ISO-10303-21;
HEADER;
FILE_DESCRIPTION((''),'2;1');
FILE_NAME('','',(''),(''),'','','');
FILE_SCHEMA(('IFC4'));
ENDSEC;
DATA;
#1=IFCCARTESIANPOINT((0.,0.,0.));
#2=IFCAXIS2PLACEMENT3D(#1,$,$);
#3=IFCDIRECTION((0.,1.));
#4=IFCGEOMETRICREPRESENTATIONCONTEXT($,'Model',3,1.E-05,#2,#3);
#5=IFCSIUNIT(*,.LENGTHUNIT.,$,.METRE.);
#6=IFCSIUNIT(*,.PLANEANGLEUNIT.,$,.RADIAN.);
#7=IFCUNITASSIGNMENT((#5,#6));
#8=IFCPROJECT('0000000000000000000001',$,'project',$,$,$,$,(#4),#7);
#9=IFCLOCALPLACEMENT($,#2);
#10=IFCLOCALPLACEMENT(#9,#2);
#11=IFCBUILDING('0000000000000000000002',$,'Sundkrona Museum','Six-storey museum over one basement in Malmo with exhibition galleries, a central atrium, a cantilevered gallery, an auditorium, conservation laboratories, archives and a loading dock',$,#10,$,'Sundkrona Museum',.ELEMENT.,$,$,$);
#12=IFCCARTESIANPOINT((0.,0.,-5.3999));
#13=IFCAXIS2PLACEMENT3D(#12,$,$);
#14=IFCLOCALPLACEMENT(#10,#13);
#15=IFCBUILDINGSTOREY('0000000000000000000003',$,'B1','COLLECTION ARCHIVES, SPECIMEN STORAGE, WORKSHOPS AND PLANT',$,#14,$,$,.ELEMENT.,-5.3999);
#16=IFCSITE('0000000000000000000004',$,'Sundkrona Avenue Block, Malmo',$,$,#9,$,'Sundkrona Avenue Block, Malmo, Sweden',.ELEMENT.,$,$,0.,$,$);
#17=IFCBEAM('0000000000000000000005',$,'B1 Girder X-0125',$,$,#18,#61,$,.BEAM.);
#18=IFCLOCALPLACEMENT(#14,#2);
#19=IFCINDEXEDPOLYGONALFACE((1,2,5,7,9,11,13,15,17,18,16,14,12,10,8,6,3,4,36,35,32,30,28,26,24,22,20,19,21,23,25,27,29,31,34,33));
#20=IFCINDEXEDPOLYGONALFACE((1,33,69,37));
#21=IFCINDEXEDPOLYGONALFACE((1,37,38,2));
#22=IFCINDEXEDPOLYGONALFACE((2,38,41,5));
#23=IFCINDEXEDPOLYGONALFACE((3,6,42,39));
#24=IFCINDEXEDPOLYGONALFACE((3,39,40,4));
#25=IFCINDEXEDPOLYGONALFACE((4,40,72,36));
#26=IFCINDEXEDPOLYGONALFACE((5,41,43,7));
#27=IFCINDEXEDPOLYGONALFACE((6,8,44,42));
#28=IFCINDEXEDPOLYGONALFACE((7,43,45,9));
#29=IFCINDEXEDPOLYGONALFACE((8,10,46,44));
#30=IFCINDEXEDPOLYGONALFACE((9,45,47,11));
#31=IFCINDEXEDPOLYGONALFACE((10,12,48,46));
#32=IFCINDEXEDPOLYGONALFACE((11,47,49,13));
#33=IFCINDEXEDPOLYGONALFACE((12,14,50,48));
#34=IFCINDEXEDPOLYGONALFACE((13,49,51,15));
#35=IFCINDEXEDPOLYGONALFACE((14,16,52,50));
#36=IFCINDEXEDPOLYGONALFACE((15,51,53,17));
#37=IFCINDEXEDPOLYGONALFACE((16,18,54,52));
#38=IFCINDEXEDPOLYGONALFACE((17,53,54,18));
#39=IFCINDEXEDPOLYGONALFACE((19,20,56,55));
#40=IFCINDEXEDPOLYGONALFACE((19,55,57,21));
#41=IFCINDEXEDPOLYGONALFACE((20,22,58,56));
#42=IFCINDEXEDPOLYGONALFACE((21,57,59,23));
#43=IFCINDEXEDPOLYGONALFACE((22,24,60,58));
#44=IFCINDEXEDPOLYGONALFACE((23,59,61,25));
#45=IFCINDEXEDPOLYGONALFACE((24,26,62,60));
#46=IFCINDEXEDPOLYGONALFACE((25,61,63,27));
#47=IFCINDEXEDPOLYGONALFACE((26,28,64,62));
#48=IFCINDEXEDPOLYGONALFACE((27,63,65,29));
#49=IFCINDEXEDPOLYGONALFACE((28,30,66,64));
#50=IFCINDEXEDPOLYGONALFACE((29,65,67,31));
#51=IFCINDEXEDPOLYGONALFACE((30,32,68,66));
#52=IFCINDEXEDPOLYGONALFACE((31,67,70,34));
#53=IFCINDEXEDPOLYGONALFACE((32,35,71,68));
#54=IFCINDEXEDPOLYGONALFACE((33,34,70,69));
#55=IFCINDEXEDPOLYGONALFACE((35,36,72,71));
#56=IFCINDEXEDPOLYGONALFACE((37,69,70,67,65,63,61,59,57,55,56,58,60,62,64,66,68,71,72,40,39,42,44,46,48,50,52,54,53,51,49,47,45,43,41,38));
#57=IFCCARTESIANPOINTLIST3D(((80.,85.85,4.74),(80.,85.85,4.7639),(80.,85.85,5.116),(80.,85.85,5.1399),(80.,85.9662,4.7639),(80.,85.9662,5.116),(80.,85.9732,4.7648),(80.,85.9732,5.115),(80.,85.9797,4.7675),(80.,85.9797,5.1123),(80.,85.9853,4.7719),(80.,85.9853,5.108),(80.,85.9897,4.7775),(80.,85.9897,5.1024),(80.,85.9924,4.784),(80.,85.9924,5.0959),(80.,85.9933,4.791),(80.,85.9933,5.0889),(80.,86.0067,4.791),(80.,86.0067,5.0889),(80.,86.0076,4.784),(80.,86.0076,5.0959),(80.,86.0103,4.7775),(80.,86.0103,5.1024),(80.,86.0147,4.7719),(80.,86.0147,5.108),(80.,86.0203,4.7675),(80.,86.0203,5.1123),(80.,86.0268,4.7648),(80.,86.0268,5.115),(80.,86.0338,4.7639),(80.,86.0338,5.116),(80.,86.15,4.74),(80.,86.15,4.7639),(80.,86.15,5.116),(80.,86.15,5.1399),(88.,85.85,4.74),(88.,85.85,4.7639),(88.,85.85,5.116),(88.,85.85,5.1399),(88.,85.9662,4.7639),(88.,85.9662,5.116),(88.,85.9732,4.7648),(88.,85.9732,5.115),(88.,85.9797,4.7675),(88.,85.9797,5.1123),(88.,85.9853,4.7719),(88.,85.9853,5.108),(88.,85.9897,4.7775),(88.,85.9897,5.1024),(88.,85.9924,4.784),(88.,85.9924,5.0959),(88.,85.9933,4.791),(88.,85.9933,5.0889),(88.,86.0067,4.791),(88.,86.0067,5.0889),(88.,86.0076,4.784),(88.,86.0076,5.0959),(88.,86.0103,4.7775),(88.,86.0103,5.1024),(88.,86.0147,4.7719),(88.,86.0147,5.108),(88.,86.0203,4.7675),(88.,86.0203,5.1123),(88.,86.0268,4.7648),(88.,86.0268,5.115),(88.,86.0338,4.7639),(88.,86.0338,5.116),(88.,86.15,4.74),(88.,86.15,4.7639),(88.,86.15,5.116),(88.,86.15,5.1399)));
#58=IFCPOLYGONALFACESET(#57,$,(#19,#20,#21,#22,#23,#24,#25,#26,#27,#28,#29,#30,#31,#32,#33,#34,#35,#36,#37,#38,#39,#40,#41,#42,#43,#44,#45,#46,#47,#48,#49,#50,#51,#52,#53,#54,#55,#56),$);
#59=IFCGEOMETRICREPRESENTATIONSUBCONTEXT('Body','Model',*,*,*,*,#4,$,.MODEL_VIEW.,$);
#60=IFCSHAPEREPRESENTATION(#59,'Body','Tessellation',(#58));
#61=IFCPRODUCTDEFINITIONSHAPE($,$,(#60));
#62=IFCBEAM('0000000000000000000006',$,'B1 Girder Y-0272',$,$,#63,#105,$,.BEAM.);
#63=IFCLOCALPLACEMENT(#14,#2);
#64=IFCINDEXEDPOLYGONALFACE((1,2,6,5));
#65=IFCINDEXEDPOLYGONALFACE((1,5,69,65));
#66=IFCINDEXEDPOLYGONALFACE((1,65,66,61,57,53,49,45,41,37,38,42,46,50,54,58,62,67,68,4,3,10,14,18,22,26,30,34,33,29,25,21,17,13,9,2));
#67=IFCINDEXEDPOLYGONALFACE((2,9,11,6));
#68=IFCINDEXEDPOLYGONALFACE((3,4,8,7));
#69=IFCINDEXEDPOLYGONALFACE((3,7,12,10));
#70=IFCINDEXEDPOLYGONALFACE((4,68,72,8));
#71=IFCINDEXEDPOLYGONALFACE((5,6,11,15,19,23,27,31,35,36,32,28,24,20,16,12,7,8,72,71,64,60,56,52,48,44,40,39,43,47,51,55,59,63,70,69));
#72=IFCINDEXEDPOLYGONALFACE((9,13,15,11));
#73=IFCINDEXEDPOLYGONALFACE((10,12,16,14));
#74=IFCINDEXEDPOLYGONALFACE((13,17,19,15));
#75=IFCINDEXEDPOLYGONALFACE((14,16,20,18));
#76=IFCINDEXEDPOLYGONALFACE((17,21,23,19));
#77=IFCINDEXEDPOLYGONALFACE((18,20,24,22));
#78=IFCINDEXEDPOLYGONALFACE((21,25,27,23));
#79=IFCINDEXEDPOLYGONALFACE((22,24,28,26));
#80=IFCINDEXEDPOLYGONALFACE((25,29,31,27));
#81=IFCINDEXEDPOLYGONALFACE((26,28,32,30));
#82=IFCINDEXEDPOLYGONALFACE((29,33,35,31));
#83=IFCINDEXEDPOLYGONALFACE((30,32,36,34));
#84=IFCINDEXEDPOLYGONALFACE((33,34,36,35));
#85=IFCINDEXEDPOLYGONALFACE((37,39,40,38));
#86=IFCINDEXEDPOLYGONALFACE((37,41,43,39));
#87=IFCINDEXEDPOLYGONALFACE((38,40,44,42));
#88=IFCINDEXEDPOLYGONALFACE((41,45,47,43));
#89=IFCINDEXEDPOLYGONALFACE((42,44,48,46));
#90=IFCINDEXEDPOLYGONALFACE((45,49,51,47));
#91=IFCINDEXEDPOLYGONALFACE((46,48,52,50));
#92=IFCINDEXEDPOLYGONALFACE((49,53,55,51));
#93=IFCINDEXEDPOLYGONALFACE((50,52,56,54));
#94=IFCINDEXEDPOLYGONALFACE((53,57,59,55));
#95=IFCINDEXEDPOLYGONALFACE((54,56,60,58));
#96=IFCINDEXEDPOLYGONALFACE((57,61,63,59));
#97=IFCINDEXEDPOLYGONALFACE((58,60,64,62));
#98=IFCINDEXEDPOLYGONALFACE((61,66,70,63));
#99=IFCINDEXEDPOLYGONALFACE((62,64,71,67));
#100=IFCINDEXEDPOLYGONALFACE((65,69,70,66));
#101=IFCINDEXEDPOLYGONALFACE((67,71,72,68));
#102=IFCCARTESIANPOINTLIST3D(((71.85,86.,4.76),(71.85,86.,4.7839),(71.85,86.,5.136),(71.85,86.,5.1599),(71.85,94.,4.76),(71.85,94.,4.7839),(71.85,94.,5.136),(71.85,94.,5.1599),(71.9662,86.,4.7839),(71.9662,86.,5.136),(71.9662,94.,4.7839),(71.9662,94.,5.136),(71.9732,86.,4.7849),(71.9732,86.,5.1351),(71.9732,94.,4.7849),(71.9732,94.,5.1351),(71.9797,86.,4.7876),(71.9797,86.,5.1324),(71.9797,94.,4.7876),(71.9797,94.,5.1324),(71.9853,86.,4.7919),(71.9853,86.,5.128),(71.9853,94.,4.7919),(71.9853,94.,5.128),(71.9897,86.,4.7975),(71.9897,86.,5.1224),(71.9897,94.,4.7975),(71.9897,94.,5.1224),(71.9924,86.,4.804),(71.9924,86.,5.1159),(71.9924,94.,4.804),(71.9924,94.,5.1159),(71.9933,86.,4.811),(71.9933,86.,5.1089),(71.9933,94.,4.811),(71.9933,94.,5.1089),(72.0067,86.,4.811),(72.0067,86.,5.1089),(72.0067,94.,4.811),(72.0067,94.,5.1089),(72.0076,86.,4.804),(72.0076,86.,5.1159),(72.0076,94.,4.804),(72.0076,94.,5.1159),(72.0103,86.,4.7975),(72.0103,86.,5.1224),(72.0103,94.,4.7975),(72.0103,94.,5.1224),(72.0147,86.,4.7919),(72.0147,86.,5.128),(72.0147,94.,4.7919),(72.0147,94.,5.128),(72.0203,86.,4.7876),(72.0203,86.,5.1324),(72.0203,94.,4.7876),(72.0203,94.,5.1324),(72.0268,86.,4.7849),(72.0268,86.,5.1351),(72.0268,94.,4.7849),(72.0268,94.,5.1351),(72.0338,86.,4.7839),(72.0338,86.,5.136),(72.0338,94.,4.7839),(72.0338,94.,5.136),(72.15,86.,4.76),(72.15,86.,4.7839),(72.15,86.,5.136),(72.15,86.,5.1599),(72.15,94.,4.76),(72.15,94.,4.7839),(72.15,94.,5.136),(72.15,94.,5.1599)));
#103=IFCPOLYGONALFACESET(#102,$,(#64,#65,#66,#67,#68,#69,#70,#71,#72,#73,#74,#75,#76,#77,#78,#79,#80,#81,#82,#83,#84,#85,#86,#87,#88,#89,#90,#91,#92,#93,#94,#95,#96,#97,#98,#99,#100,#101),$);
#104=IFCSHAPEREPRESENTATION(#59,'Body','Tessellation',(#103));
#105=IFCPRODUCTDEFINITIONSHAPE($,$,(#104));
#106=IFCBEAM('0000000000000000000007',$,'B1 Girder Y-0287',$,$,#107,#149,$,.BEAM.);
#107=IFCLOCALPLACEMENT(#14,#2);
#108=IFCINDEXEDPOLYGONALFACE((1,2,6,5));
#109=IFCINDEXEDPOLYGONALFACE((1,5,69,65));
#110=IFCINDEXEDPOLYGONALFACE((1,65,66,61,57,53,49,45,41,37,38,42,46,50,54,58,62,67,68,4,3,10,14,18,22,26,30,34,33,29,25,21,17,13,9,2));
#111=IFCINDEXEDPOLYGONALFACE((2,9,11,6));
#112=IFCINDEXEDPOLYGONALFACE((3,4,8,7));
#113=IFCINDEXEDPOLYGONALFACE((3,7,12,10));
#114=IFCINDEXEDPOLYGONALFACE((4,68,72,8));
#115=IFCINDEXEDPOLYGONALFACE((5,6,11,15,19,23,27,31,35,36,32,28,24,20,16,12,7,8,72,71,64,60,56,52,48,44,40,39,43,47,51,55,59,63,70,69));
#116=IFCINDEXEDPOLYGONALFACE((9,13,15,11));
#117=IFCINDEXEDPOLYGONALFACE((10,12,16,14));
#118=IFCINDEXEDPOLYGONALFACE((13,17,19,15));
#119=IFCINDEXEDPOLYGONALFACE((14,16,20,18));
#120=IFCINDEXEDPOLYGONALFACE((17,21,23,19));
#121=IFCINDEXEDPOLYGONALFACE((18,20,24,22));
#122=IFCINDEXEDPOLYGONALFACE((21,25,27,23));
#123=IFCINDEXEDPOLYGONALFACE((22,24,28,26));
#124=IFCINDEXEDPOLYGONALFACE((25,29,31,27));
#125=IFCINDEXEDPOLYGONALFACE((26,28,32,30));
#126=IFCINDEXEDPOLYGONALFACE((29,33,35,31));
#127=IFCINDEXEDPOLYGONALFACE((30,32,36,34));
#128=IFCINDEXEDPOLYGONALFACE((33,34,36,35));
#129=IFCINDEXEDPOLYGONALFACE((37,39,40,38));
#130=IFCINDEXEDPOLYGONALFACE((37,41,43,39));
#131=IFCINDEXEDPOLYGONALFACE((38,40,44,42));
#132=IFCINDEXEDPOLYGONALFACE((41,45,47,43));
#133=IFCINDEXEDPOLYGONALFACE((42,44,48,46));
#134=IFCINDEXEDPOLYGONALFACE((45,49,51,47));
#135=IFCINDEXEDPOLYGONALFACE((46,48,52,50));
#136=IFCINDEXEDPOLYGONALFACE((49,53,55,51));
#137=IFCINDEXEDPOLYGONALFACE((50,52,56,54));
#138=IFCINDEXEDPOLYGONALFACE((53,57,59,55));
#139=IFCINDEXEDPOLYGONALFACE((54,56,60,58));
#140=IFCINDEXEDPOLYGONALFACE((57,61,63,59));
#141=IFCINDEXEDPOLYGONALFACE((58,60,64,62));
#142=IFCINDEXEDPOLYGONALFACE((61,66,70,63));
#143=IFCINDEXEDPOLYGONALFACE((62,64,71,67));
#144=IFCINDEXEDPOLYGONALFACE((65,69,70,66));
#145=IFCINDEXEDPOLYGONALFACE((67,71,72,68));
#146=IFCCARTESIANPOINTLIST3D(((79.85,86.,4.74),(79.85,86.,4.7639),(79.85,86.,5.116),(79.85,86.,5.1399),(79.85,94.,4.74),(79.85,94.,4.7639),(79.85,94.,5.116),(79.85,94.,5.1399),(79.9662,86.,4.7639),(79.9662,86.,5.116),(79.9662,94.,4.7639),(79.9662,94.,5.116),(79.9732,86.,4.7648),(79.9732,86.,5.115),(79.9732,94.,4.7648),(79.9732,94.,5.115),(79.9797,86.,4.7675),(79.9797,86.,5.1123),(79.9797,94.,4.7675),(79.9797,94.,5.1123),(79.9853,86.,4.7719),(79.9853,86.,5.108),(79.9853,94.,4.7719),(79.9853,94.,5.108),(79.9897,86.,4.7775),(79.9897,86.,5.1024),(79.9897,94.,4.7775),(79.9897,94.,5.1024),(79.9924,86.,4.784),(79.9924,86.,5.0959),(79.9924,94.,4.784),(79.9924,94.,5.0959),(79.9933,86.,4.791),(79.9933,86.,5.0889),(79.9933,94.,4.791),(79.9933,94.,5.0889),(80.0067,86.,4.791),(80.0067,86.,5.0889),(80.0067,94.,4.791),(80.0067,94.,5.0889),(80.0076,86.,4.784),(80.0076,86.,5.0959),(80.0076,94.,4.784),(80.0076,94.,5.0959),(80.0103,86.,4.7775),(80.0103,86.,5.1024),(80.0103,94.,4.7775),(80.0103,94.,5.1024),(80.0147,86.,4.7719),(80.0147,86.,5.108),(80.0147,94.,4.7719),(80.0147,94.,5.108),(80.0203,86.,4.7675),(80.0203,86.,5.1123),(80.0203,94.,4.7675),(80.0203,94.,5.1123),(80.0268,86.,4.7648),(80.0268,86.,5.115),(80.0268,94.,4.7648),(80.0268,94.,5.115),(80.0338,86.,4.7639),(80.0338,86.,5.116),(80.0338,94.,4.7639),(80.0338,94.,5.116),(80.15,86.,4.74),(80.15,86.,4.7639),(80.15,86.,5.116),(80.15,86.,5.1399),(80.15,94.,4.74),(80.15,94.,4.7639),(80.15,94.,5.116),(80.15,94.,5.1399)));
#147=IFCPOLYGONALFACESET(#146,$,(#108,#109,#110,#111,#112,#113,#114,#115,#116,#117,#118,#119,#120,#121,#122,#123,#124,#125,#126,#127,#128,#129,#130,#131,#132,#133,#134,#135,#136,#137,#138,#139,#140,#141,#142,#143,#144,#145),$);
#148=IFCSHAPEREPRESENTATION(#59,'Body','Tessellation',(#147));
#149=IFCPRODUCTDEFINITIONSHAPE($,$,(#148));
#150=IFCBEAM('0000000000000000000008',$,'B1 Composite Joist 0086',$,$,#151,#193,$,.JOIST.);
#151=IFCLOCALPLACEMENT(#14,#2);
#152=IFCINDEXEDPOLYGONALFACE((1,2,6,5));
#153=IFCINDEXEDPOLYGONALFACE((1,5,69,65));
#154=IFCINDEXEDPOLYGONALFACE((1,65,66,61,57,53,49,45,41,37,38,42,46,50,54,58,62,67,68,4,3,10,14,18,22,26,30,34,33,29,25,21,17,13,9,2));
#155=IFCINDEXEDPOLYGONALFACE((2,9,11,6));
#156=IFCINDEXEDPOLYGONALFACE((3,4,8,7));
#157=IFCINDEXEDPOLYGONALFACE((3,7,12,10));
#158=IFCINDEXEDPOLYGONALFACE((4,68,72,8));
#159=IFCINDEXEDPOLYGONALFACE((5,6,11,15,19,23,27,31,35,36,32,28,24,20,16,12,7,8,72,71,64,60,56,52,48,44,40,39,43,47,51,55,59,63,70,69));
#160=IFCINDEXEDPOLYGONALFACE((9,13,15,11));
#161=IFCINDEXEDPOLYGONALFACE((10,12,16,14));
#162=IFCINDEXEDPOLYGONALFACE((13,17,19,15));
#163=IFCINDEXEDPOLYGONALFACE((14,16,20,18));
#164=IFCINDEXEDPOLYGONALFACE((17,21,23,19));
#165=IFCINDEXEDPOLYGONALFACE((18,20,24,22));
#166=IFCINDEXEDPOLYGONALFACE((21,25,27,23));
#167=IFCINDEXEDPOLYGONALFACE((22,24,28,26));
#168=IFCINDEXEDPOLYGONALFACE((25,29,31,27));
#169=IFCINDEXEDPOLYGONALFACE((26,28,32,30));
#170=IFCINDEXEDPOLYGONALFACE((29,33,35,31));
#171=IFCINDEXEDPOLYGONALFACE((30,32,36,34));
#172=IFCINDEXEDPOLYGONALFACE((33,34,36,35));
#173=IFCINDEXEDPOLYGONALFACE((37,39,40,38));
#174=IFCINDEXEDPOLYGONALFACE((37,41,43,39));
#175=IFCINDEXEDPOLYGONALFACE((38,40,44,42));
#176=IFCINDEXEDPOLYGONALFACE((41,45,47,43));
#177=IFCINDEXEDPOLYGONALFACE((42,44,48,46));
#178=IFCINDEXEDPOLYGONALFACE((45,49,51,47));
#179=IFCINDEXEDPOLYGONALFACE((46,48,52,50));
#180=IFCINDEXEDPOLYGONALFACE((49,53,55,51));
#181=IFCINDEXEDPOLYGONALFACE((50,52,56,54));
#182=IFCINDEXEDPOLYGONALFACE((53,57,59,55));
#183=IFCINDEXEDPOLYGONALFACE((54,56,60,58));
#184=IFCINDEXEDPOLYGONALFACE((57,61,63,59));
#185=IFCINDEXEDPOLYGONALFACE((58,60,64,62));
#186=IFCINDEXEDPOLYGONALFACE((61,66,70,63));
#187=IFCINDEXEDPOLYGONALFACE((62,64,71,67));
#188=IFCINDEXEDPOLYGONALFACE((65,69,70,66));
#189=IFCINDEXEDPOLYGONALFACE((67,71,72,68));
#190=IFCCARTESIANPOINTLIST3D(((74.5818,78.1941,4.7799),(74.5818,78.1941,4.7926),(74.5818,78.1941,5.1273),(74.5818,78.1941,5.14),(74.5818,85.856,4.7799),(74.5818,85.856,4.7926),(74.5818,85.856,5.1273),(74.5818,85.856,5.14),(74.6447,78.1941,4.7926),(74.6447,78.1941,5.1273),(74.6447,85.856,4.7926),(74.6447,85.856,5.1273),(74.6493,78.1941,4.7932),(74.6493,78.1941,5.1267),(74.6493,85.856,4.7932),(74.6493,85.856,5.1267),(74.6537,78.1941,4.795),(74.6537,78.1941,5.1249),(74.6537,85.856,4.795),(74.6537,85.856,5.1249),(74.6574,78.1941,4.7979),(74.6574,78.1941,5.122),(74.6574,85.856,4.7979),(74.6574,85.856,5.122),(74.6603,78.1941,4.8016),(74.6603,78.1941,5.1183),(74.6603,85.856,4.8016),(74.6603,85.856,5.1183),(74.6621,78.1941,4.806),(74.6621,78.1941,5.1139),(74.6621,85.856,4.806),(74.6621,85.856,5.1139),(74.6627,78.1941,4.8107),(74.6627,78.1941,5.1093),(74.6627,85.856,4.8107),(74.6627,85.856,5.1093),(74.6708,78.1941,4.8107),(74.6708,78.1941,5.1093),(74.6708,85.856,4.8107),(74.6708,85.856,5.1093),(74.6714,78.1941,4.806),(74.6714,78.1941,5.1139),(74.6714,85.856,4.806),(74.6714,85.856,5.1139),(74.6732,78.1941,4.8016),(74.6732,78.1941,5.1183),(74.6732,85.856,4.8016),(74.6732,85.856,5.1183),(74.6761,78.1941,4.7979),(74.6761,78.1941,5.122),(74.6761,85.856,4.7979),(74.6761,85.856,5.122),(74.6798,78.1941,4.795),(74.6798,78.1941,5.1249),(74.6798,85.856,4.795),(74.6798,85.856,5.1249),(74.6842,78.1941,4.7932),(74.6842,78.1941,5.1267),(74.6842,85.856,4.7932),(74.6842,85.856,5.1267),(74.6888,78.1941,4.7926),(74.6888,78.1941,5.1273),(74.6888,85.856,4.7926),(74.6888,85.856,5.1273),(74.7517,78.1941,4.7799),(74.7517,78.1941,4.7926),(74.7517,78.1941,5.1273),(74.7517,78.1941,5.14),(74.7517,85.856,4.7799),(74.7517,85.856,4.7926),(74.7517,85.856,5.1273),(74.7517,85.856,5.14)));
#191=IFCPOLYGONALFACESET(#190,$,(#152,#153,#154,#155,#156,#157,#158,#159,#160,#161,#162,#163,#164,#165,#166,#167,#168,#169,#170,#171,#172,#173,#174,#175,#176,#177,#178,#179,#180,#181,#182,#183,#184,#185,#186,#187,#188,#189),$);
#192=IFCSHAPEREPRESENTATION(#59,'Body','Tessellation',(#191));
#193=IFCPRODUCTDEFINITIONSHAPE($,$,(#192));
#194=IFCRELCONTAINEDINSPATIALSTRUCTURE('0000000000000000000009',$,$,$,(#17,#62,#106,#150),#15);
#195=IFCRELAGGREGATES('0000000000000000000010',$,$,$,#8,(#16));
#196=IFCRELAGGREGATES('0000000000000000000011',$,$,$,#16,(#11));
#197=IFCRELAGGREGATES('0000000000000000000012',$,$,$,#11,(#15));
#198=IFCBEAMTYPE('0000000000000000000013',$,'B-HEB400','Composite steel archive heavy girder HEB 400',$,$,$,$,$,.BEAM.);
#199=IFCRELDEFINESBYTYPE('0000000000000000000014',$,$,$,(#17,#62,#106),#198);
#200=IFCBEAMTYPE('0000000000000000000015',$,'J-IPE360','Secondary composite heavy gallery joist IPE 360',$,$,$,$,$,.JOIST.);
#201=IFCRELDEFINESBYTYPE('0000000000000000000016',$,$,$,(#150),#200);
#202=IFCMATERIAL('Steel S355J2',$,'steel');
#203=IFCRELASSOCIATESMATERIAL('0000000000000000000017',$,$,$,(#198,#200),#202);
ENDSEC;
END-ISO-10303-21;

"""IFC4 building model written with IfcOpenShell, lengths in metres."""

from ifc_helpers import new_model, si_unit, direction, frame, origin, origin_2d, place, context, subcontext, project, spatial, i_section, extrude, material, material_profile, profile_set, type_object, element, save


model = new_model("IFC4")

# Units and contexts
model_context = context("Model", 3, precision=1e-05, world=origin(), true_north=direction((0.0, 1.0)))
body_context = subcontext(model_context, "Body", "Model", "MODEL_VIEW")
ifc_project = project(units=[si_unit("LENGTHUNIT", "METRE"), si_unit("PLANEANGLEUNIT", "RADIAN")], contexts=[model_context])

# Site, building, storey
site_placement = place(None, origin())
site = spatial("IfcSite", under=ifc_project, at=site_placement, Name="Sundkrona Avenue Block, Malmo", LongName="Sundkrona Avenue Block, Malmo, Sweden", CompositionType="ELEMENT", RefElevation=0.0)
building_placement = place(site_placement, origin())
building = spatial("IfcBuilding", under=site, at=building_placement, Name="Sundkrona Museum", Description="Six-storey museum over one basement in Malmo with exhibition galleries, a central atrium, a cantilevered gallery, an auditorium, conservation laboratories, archives and a loading dock", LongName="Sundkrona Museum", CompositionType="ELEMENT")
storey_placement = place(building_placement, frame((0.0, 0.0, -5.3999)))
storey = spatial("IfcBuildingStorey", under=building, at=storey_placement, Name="B1", Description="COLLECTION ARCHIVES, SPECIMEN STORAGE, WORKSHOPS AND PLANT", CompositionType="ELEMENT", Elevation=-5.3999)

# Beams
ifc_material_1 = material(Name="Steel S355J2", Category="steel")
ifc_material_profile_1 = material_profile(ifc_material_1, i_section(OverallWidth=0.3, OverallDepth=0.3999, WebThickness=0.0134, FlangeThickness=0.0239, FilletRadius=0.0271, at=origin_2d()), Name="HEB 400")
ifc_profile_set_1 = profile_set([ifc_material_profile_1], Name="Steel S355J2")
beam_type_1 = type_object("IfcBeamType", Name="B-HEB400", Description="Composite steel archive heavy girder HEB 400", PredefinedType="BEAM", material=ifc_profile_set_1)
for number, where, z_axis, x_axis, name in (
    (1, (80.0, 86.0, 4.9399), (1.0, 0.0, 0.0), (0.0, 1.0, 0.0), "B1 Girder X-0125"),
    (2, (72.0, 86.0, 4.96), (0.0, 1.0, 0.0), (-1.0, 0.0, 0.0), "B1 Girder Y-0272"),
    (3, (80.0, 86.0, 4.9399), (0.0, 1.0, 0.0), (-1.0, 0.0, 0.0), "B1 Girder Y-0287"),
):
    element("IfcBeam", number, at=place(storey_placement, frame(where, z_axis=z_axis, x_axis=x_axis)), inside=storey, type_object=beam_type_1, Name=name, PredefinedType="BEAM", context=body_context, shape_type="SweptSolid", body=[
        extrude(i_section(OverallWidth=0.3, OverallDepth=0.3999, WebThickness=0.0134, FlangeThickness=0.0239, FilletRadius=0.0271, at=origin_2d()), origin(), (0.0, 0.0, 1.0), 8.0),
    ])
ifc_material_profile_2 = material_profile(ifc_material_1, i_section(OverallWidth=0.1699, OverallDepth=0.3601, WebThickness=0.0081, FlangeThickness=0.0127, FilletRadius=0.0181, at=origin_2d()), Name="IPE 360")
ifc_profile_set_2 = profile_set([ifc_material_profile_2], Name="Steel S355J2")
beam_type_2 = type_object("IfcBeamType", Name="J-IPE360", Description="Secondary composite heavy gallery joist IPE 360", PredefinedType="JOIST", material=ifc_profile_set_2)
for number, where, z_axis, x_axis, name in (
    (4, (74.6667, 78.1941, 4.96), (0.0, 1.0, 0.0), (-1.0, 0.0, 0.0), "B1 Composite Joist 0086"),
):
    element("IfcBeam", number, at=place(storey_placement, frame(where, z_axis=z_axis, x_axis=x_axis)), inside=storey, type_object=beam_type_2, Name=name, PredefinedType="JOIST", context=body_context, shape_type="SweptSolid", body=[
        extrude(i_section(OverallWidth=0.1699, OverallDepth=0.3601, WebThickness=0.0081, FlangeThickness=0.0127, FilletRadius=0.0181, at=origin_2d()), origin(), (0.0, 0.0, 1.0), 7.6619),
    ])

save(model, "model.ifc")
